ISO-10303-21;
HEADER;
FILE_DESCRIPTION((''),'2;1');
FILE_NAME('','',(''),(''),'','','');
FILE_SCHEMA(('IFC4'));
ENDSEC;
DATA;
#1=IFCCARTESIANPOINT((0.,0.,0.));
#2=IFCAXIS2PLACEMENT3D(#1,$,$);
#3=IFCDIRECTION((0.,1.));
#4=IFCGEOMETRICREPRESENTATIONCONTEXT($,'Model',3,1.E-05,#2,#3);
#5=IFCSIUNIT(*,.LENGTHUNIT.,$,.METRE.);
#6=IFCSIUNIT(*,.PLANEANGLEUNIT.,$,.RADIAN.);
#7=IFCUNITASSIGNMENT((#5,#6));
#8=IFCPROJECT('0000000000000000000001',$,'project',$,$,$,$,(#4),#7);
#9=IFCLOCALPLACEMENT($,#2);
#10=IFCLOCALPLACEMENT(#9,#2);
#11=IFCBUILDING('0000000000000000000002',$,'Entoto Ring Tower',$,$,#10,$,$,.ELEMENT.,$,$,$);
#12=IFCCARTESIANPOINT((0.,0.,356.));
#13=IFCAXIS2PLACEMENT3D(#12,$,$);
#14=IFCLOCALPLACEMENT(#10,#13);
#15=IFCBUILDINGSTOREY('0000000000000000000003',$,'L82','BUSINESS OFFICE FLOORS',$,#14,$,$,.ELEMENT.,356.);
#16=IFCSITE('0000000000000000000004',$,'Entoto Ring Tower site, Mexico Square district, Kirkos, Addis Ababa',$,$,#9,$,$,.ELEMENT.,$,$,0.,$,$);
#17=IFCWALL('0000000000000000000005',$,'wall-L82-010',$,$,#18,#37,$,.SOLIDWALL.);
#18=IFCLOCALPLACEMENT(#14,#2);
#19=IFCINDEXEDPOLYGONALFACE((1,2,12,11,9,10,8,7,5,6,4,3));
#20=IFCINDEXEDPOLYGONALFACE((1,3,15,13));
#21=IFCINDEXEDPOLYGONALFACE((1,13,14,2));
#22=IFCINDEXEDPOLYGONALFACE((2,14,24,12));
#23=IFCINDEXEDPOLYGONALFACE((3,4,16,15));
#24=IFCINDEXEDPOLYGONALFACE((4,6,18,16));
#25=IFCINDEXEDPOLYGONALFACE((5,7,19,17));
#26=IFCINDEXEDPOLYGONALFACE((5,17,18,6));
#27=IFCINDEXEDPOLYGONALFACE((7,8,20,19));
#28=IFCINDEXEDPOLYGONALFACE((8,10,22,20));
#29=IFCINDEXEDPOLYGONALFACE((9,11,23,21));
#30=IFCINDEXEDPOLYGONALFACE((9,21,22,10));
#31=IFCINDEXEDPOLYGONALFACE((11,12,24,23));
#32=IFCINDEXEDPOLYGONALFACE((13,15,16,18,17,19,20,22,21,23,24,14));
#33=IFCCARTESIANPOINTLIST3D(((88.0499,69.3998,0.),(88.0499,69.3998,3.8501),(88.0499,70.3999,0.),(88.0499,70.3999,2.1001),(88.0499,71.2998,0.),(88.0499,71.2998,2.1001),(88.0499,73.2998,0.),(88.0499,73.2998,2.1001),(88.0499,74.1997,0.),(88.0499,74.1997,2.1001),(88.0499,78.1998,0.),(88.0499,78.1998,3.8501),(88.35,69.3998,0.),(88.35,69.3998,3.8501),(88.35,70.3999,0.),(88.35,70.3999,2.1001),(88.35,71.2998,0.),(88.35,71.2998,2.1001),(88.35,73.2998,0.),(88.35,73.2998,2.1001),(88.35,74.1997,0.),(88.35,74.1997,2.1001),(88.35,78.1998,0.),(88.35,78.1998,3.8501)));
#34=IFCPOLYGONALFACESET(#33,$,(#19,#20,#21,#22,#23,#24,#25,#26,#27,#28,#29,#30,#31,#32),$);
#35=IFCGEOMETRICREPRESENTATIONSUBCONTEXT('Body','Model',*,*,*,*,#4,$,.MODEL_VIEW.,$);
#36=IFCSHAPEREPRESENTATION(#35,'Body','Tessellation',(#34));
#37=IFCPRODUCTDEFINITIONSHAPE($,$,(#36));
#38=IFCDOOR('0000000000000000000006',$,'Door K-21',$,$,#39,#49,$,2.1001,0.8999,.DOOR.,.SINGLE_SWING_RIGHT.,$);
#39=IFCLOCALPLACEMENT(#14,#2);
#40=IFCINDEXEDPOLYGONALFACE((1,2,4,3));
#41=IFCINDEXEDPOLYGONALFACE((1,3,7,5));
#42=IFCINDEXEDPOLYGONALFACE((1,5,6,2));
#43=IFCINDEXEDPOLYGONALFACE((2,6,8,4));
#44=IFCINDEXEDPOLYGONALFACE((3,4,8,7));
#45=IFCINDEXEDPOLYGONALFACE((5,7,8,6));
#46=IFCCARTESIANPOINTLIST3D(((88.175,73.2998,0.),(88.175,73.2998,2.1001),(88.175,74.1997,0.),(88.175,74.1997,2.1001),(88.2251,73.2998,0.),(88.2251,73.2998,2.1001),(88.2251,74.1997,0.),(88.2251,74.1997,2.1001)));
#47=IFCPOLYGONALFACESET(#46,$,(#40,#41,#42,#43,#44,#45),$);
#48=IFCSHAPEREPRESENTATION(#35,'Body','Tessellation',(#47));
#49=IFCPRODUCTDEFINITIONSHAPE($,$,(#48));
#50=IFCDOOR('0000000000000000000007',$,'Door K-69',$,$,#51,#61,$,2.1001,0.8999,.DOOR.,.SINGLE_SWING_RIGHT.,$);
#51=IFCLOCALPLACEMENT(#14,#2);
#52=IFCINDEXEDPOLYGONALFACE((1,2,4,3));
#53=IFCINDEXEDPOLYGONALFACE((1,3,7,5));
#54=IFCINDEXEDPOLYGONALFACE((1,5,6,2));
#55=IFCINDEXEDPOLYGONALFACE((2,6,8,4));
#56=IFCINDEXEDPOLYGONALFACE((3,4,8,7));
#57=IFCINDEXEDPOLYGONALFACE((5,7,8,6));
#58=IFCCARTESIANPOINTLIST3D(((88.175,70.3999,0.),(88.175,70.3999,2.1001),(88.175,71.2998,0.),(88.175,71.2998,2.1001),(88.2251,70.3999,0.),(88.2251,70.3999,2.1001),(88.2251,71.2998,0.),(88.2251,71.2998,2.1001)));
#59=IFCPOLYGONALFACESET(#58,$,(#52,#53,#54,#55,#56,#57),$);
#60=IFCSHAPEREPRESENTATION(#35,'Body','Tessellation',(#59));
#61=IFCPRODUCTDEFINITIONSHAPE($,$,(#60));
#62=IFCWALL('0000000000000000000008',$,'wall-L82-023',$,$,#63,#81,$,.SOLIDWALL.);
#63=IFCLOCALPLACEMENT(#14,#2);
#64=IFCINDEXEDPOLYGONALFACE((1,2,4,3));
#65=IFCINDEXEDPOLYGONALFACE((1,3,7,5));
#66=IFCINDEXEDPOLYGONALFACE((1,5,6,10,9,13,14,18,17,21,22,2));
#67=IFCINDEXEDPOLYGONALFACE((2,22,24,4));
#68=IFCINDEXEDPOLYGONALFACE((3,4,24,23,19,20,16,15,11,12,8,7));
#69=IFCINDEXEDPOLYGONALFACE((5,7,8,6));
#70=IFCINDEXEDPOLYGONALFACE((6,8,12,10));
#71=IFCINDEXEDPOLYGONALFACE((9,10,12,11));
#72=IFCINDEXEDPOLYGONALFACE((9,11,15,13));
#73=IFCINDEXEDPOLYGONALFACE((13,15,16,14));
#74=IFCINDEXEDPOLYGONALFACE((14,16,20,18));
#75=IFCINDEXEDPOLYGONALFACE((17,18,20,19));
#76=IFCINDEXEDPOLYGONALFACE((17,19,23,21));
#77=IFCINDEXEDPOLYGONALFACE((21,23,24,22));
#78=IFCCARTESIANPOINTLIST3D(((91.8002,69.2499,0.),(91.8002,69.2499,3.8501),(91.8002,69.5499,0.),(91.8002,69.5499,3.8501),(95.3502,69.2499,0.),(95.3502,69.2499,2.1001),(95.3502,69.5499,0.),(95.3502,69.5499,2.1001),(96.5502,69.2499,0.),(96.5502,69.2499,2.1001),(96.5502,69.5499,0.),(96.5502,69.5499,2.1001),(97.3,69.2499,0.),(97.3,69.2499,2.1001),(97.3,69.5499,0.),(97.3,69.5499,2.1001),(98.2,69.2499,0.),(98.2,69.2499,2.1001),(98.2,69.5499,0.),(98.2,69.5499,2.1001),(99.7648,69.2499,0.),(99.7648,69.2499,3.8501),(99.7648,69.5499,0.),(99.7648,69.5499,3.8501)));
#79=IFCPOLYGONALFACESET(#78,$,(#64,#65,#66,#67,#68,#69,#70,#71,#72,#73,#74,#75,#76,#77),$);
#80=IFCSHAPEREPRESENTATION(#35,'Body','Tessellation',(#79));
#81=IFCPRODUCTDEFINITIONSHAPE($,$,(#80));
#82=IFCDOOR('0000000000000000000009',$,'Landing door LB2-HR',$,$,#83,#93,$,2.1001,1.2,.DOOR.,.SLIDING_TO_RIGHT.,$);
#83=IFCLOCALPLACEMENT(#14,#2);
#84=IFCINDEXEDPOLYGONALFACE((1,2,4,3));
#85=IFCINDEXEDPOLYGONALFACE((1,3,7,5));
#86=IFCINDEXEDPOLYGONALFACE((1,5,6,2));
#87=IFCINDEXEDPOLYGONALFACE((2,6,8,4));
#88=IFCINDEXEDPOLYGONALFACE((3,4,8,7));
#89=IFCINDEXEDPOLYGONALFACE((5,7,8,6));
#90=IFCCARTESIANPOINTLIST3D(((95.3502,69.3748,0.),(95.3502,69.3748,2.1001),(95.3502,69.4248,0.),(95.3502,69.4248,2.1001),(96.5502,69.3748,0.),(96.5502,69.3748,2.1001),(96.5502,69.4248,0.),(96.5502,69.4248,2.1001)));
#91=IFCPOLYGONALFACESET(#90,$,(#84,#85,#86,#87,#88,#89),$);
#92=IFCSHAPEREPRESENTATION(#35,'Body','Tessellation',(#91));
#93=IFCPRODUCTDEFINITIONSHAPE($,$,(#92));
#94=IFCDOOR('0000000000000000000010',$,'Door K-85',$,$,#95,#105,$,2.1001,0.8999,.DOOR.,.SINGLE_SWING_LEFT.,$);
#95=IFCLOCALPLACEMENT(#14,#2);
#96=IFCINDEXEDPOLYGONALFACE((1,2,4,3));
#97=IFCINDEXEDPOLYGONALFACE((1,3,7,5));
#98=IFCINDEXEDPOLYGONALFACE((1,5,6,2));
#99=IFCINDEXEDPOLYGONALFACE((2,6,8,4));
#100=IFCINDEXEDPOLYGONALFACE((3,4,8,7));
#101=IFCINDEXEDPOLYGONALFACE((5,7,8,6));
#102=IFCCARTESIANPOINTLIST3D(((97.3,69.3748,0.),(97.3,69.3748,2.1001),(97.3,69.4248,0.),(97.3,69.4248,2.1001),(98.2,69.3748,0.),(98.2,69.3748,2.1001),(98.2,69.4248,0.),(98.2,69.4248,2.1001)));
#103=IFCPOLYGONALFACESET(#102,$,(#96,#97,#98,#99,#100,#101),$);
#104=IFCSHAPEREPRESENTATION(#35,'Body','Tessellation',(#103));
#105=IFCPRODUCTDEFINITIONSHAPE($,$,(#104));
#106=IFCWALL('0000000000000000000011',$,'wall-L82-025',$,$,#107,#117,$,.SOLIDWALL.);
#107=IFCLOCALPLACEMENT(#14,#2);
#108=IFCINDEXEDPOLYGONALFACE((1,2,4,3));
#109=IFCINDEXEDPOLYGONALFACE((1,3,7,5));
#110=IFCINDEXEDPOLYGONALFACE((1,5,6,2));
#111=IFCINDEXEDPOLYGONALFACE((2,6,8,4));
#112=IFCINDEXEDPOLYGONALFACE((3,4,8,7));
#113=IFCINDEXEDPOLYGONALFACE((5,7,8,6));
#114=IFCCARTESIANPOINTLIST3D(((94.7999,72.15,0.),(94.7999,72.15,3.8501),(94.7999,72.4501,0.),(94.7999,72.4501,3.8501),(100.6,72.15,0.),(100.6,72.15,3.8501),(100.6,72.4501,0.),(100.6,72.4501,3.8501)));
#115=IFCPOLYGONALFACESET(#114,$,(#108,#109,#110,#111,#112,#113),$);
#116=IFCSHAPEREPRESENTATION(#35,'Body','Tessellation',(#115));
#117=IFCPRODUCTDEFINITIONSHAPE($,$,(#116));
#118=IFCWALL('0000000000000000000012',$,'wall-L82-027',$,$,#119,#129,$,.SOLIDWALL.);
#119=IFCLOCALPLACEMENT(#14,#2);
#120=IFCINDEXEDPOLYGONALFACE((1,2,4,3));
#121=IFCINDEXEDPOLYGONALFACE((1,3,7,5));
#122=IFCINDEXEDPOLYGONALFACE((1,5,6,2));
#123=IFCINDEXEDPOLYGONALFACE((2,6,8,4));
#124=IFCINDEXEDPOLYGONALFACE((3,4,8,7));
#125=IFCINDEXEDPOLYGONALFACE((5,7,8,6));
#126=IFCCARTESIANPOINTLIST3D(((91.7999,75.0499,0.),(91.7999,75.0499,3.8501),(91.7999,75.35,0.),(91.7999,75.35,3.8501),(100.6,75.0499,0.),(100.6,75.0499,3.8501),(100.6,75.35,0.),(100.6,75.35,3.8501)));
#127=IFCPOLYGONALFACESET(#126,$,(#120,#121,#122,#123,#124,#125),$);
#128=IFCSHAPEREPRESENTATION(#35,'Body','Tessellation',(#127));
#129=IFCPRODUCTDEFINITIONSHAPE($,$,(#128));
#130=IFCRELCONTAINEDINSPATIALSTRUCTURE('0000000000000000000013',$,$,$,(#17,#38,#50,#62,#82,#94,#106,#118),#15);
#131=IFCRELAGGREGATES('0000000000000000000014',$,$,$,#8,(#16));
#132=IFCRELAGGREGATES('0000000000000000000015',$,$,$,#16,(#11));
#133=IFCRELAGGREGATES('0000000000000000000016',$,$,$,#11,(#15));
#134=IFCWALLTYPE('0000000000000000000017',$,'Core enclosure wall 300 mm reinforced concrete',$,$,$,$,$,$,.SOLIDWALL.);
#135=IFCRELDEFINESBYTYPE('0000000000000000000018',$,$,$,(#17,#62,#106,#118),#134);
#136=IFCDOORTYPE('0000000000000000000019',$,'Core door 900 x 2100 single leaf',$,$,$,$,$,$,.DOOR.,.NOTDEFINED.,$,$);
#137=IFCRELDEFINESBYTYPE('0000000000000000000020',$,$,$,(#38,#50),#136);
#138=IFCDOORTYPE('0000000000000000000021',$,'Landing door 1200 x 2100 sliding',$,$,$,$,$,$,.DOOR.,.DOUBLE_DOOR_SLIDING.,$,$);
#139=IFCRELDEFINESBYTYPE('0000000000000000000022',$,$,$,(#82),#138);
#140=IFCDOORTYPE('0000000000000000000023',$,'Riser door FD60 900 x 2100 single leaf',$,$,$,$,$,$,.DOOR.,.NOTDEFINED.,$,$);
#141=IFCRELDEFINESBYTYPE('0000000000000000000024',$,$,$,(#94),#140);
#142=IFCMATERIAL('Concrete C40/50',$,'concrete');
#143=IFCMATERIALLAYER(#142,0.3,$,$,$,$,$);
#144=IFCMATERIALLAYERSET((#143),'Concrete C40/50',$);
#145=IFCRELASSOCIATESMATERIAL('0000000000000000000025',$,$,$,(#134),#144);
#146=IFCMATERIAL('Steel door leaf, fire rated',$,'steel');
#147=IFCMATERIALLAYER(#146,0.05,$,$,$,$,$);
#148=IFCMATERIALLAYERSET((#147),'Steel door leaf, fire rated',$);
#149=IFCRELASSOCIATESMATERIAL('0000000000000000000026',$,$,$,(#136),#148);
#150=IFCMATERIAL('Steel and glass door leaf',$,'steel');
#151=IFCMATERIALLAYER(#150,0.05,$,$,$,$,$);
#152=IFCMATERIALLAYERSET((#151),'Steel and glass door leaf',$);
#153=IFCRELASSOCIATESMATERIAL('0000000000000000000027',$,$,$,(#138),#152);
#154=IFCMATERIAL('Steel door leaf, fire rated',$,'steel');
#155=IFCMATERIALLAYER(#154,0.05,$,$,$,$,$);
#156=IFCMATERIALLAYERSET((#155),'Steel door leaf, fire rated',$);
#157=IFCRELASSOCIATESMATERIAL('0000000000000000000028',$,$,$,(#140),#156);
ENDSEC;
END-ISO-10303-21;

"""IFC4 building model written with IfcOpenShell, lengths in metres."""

from ifc_helpers import new_model, si_unit, direction, frame, frame_2d, origin, place, context, subcontext, project, spatial, rectangle, extrude, material, layer, layer_set, type_object, element, fill, save


model = new_model("IFC4")

# Units and contexts
model_context = context("Model", 3, precision=1e-05, world=origin(), true_north=direction((0.0, 1.0)))
body_context = subcontext(model_context, "Body", "Model", "MODEL_VIEW")
ifc_project = project(units=[si_unit("LENGTHUNIT", "METRE"), si_unit("PLANEANGLEUNIT", "RADIAN")], contexts=[model_context])

# Site, building, storey
site_placement = place(None, origin())
site = spatial("IfcSite", under=ifc_project, at=site_placement, Name="Entoto Ring Tower site, Mexico Square district, Kirkos, Addis Ababa", CompositionType="ELEMENT", RefElevation=0.0)
building_placement = place(site_placement, origin())
building = spatial("IfcBuilding", under=site, at=building_placement, Name="Entoto Ring Tower", CompositionType="ELEMENT")
storey_placement = place(building_placement, frame((0.0, 0.0, 356.0)))
storey = spatial("IfcBuildingStorey", under=building, at=storey_placement, Name="L82", Description="BUSINESS OFFICE FLOORS", CompositionType="ELEMENT", Elevation=356.0)

# Shared definitions
ifc_material_1 = material(Name="Concrete C40/50", Category="concrete")
ifc_layer_1 = layer(ifc_material_1, 0.3)
ifc_layer_set_1 = layer_set([ifc_layer_1], Name="Concrete C40/50")
wall_type = type_object("IfcWallType", Name="Core enclosure wall 300 mm reinforced concrete", PredefinedType="SOLIDWALL", material=ifc_layer_set_1)

# Walls, openings, doors
wall_1_placement = place(storey_placement, frame((88.2, 69.3999, 0.0), z_axis=(0.0, 0.0, 1.0), x_axis=(0.0, 1.0, 0.0)))
wall_1 = element("IfcWall", 1, at=wall_1_placement, inside=storey, type_object=wall_type, Name="wall-L82-010", PredefinedType="SOLIDWALL", context=body_context, shape_type="SweptSolid", body=[
    extrude(rectangle(XDim=8.8, YDim=0.3, at=frame_2d((4.3999, 0.0))), origin(), (0.0, 0.0, 1.0), 3.8501),
])
opening_1_placement = place(wall_1_placement, frame((3.8999, 0.0, 0.0)))
opening_1 = element("IfcOpeningElement", 2, at=opening_1_placement, cuts=wall_1, PredefinedType="OPENING", context=body_context, shape_type="SweptSolid", body=[
    extrude(rectangle(XDim=0.8999, YDim=2.1001, at=frame_2d((0.45, 1.05))), frame((0.0, 0.1602, 0.0), z_axis=(0.0, -1.0, 0.0), x_axis=(1.0, 0.0, 0.0)), (0.0, 0.0, 1.0), 0.3201),
])
opening_2_placement = place(wall_1_placement, frame((1.0, 0.0, 0.0)))
opening_2 = element("IfcOpeningElement", 3, at=opening_2_placement, cuts=wall_1, PredefinedType="OPENING", context=body_context, shape_type="SweptSolid", body=[
    extrude(rectangle(XDim=0.8999, YDim=2.1001, at=frame_2d((0.45, 1.05))), frame((0.0, 0.1602, 0.0), z_axis=(0.0, -1.0, 0.0), x_axis=(1.0, 0.0, 0.0)), (0.0, 0.0, 1.0), 0.3201),
])
ifc_material_2 = material(Name="Steel door leaf, fire rated", Category="steel")
ifc_layer_2 = layer(ifc_material_2, 0.05)
ifc_layer_set_2 = layer_set([ifc_layer_2], Name="Steel door leaf, fire rated")
door_type_1 = type_object("IfcDoorType", Name="Core door 900 x 2100 single leaf", OperationType="NOTDEFINED", PredefinedType="DOOR", material=ifc_layer_set_2)
door_1_placement = place(opening_1_placement, origin())
door_1 = element("IfcDoor", 4, at=door_1_placement, inside=storey, type_object=door_type_1, Name="Door K-21", OperationType="SINGLE_SWING_RIGHT", OverallHeight=2.1001, OverallWidth=0.8999, PredefinedType="DOOR", context=body_context, shape_type="SweptSolid", body=[
    extrude(rectangle(XDim=0.8999, YDim=2.1001, at=frame_2d((0.45, 1.05))), frame((0.0, 0.0249, 0.0), z_axis=(0.0, -1.0, 0.0), x_axis=(1.0, 0.0, 0.0)), (0.0, 0.0, 1.0), 0.05),
])
fill(opening_1, door_1)
door_2_placement = place(opening_2_placement, origin())
door_2 = element("IfcDoor", 5, at=door_2_placement, inside=storey, type_object=door_type_1, Name="Door K-69", OperationType="SINGLE_SWING_RIGHT", OverallHeight=2.1001, OverallWidth=0.8999, PredefinedType="DOOR", context=body_context, shape_type="SweptSolid", body=[
    extrude(rectangle(XDim=0.8999, YDim=2.1001, at=frame_2d((0.45, 1.05))), frame((0.0, 0.0249, 0.0), z_axis=(0.0, -1.0, 0.0), x_axis=(1.0, 0.0, 0.0)), (0.0, 0.0, 1.0), 0.05),
])
fill(opening_2, door_2)
wall_2_placement = place(storey_placement, frame((91.8, 69.3999, 0.0), z_axis=(0.0, 0.0, 1.0), x_axis=(1.0, 0.0, 0.0)))
wall_2 = element("IfcWall", 6, at=wall_2_placement, inside=storey, type_object=wall_type, Name="wall-L82-023", PredefinedType="SOLIDWALL", context=body_context, shape_type="SweptSolid", body=[
    extrude(rectangle(XDim=7.9646, YDim=0.3, at=frame_2d((3.9824, 0.0))), origin(), (0.0, 0.0, 1.0), 3.8501),
])
opening_3_placement = place(wall_2_placement, frame((3.55, 0.0, 0.0)))
opening_3 = element("IfcOpeningElement", 7, at=opening_3_placement, cuts=wall_2, PredefinedType="OPENING", context=body_context, shape_type="SweptSolid", body=[
    extrude(rectangle(XDim=1.2, YDim=2.1001, at=frame_2d((0.6001, 1.05))), frame((0.0, 0.1602, 0.0), z_axis=(0.0, -1.0, 0.0), x_axis=(1.0, 0.0, 0.0)), (0.0, 0.0, 1.0), 0.3201),
])
opening_4_placement = place(wall_2_placement, frame((5.5, 0.0, 0.0)))
opening_4 = element("IfcOpeningElement", 8, at=opening_4_placement, cuts=wall_2, PredefinedType="OPENING", context=body_context, shape_type="SweptSolid", body=[
    extrude(rectangle(XDim=0.8999, YDim=2.1001, at=frame_2d((0.45, 1.05))), frame((0.0, 0.1602, 0.0), z_axis=(0.0, -1.0, 0.0), x_axis=(1.0, 0.0, 0.0)), (0.0, 0.0, 1.0), 0.3201),
])
ifc_material_3 = material(Name="Steel and glass door leaf", Category="steel")
ifc_layer_3 = layer(ifc_material_3, 0.05)
ifc_layer_set_3 = layer_set([ifc_layer_3], Name="Steel and glass door leaf")
door_type_2 = type_object("IfcDoorType", Name="Landing door 1200 x 2100 sliding", OperationType="DOUBLE_DOOR_SLIDING", PredefinedType="DOOR", material=ifc_layer_set_3)
door_3_placement = place(opening_3_placement, origin())
door_3 = element("IfcDoor", 9, at=door_3_placement, inside=storey, type_object=door_type_2, Name="Landing door LB2-HR", OperationType="SLIDING_TO_RIGHT", OverallHeight=2.1001, OverallWidth=1.2, PredefinedType="DOOR", context=body_context, shape_type="SweptSolid", body=[
    extrude(rectangle(XDim=1.2, YDim=2.1001, at=frame_2d((0.6001, 1.05))), frame((0.0, 0.0249, 0.0), z_axis=(0.0, -1.0, 0.0), x_axis=(1.0, 0.0, 0.0)), (0.0, 0.0, 1.0), 0.05),
])
fill(opening_3, door_3)
ifc_material_4 = material(Name="Steel door leaf, fire rated", Category="steel")
ifc_layer_4 = layer(ifc_material_4, 0.05)
ifc_layer_set_4 = layer_set([ifc_layer_4], Name="Steel door leaf, fire rated")
door_type_3 = type_object("IfcDoorType", Name="Riser door FD60 900 x 2100 single leaf", OperationType="NOTDEFINED", PredefinedType="DOOR", material=ifc_layer_set_4)
door_4_placement = place(opening_4_placement, origin())
door_4 = element("IfcDoor", 10, at=door_4_placement, inside=storey, type_object=door_type_3, Name="Door K-85", OperationType="SINGLE_SWING_LEFT", OverallHeight=2.1001, OverallWidth=0.8999, PredefinedType="DOOR", context=body_context, shape_type="SweptSolid", body=[
    extrude(rectangle(XDim=0.8999, YDim=2.1001, at=frame_2d((0.45, 1.05))), frame((0.0, 0.0249, 0.0), z_axis=(0.0, -1.0, 0.0), x_axis=(1.0, 0.0, 0.0)), (0.0, 0.0, 1.0), 0.05),
])
fill(opening_4, door_4)

# Walls
wall_3_placement = place(storey_placement, frame((94.8, 72.3, 0.0), z_axis=(0.0, 0.0, 1.0), x_axis=(1.0, 0.0, 0.0)))
element("IfcWall", 11, at=wall_3_placement, inside=storey, type_object=wall_type, Name="wall-L82-025", PredefinedType="SOLIDWALL", context=body_context, shape_type="SweptSolid", body=[
    extrude(rectangle(XDim=5.8, YDim=0.3, at=frame_2d((2.8999, 0.0))), origin(), (0.0, 0.0, 1.0), 3.8501),
])
wall_4_placement = place(storey_placement, frame((91.8, 75.2, 0.0), z_axis=(0.0, 0.0, 1.0), x_axis=(1.0, 0.0, 0.0)))
element("IfcWall", 12, at=wall_4_placement, inside=storey, type_object=wall_type, Name="wall-L82-027", PredefinedType="SOLIDWALL", context=body_context, shape_type="SweptSolid", body=[
    extrude(rectangle(XDim=8.8, YDim=0.3, at=frame_2d((4.3999, 0.0))), origin(), (0.0, 0.0, 1.0), 3.8501),
])

save(model, "model.ifc")
